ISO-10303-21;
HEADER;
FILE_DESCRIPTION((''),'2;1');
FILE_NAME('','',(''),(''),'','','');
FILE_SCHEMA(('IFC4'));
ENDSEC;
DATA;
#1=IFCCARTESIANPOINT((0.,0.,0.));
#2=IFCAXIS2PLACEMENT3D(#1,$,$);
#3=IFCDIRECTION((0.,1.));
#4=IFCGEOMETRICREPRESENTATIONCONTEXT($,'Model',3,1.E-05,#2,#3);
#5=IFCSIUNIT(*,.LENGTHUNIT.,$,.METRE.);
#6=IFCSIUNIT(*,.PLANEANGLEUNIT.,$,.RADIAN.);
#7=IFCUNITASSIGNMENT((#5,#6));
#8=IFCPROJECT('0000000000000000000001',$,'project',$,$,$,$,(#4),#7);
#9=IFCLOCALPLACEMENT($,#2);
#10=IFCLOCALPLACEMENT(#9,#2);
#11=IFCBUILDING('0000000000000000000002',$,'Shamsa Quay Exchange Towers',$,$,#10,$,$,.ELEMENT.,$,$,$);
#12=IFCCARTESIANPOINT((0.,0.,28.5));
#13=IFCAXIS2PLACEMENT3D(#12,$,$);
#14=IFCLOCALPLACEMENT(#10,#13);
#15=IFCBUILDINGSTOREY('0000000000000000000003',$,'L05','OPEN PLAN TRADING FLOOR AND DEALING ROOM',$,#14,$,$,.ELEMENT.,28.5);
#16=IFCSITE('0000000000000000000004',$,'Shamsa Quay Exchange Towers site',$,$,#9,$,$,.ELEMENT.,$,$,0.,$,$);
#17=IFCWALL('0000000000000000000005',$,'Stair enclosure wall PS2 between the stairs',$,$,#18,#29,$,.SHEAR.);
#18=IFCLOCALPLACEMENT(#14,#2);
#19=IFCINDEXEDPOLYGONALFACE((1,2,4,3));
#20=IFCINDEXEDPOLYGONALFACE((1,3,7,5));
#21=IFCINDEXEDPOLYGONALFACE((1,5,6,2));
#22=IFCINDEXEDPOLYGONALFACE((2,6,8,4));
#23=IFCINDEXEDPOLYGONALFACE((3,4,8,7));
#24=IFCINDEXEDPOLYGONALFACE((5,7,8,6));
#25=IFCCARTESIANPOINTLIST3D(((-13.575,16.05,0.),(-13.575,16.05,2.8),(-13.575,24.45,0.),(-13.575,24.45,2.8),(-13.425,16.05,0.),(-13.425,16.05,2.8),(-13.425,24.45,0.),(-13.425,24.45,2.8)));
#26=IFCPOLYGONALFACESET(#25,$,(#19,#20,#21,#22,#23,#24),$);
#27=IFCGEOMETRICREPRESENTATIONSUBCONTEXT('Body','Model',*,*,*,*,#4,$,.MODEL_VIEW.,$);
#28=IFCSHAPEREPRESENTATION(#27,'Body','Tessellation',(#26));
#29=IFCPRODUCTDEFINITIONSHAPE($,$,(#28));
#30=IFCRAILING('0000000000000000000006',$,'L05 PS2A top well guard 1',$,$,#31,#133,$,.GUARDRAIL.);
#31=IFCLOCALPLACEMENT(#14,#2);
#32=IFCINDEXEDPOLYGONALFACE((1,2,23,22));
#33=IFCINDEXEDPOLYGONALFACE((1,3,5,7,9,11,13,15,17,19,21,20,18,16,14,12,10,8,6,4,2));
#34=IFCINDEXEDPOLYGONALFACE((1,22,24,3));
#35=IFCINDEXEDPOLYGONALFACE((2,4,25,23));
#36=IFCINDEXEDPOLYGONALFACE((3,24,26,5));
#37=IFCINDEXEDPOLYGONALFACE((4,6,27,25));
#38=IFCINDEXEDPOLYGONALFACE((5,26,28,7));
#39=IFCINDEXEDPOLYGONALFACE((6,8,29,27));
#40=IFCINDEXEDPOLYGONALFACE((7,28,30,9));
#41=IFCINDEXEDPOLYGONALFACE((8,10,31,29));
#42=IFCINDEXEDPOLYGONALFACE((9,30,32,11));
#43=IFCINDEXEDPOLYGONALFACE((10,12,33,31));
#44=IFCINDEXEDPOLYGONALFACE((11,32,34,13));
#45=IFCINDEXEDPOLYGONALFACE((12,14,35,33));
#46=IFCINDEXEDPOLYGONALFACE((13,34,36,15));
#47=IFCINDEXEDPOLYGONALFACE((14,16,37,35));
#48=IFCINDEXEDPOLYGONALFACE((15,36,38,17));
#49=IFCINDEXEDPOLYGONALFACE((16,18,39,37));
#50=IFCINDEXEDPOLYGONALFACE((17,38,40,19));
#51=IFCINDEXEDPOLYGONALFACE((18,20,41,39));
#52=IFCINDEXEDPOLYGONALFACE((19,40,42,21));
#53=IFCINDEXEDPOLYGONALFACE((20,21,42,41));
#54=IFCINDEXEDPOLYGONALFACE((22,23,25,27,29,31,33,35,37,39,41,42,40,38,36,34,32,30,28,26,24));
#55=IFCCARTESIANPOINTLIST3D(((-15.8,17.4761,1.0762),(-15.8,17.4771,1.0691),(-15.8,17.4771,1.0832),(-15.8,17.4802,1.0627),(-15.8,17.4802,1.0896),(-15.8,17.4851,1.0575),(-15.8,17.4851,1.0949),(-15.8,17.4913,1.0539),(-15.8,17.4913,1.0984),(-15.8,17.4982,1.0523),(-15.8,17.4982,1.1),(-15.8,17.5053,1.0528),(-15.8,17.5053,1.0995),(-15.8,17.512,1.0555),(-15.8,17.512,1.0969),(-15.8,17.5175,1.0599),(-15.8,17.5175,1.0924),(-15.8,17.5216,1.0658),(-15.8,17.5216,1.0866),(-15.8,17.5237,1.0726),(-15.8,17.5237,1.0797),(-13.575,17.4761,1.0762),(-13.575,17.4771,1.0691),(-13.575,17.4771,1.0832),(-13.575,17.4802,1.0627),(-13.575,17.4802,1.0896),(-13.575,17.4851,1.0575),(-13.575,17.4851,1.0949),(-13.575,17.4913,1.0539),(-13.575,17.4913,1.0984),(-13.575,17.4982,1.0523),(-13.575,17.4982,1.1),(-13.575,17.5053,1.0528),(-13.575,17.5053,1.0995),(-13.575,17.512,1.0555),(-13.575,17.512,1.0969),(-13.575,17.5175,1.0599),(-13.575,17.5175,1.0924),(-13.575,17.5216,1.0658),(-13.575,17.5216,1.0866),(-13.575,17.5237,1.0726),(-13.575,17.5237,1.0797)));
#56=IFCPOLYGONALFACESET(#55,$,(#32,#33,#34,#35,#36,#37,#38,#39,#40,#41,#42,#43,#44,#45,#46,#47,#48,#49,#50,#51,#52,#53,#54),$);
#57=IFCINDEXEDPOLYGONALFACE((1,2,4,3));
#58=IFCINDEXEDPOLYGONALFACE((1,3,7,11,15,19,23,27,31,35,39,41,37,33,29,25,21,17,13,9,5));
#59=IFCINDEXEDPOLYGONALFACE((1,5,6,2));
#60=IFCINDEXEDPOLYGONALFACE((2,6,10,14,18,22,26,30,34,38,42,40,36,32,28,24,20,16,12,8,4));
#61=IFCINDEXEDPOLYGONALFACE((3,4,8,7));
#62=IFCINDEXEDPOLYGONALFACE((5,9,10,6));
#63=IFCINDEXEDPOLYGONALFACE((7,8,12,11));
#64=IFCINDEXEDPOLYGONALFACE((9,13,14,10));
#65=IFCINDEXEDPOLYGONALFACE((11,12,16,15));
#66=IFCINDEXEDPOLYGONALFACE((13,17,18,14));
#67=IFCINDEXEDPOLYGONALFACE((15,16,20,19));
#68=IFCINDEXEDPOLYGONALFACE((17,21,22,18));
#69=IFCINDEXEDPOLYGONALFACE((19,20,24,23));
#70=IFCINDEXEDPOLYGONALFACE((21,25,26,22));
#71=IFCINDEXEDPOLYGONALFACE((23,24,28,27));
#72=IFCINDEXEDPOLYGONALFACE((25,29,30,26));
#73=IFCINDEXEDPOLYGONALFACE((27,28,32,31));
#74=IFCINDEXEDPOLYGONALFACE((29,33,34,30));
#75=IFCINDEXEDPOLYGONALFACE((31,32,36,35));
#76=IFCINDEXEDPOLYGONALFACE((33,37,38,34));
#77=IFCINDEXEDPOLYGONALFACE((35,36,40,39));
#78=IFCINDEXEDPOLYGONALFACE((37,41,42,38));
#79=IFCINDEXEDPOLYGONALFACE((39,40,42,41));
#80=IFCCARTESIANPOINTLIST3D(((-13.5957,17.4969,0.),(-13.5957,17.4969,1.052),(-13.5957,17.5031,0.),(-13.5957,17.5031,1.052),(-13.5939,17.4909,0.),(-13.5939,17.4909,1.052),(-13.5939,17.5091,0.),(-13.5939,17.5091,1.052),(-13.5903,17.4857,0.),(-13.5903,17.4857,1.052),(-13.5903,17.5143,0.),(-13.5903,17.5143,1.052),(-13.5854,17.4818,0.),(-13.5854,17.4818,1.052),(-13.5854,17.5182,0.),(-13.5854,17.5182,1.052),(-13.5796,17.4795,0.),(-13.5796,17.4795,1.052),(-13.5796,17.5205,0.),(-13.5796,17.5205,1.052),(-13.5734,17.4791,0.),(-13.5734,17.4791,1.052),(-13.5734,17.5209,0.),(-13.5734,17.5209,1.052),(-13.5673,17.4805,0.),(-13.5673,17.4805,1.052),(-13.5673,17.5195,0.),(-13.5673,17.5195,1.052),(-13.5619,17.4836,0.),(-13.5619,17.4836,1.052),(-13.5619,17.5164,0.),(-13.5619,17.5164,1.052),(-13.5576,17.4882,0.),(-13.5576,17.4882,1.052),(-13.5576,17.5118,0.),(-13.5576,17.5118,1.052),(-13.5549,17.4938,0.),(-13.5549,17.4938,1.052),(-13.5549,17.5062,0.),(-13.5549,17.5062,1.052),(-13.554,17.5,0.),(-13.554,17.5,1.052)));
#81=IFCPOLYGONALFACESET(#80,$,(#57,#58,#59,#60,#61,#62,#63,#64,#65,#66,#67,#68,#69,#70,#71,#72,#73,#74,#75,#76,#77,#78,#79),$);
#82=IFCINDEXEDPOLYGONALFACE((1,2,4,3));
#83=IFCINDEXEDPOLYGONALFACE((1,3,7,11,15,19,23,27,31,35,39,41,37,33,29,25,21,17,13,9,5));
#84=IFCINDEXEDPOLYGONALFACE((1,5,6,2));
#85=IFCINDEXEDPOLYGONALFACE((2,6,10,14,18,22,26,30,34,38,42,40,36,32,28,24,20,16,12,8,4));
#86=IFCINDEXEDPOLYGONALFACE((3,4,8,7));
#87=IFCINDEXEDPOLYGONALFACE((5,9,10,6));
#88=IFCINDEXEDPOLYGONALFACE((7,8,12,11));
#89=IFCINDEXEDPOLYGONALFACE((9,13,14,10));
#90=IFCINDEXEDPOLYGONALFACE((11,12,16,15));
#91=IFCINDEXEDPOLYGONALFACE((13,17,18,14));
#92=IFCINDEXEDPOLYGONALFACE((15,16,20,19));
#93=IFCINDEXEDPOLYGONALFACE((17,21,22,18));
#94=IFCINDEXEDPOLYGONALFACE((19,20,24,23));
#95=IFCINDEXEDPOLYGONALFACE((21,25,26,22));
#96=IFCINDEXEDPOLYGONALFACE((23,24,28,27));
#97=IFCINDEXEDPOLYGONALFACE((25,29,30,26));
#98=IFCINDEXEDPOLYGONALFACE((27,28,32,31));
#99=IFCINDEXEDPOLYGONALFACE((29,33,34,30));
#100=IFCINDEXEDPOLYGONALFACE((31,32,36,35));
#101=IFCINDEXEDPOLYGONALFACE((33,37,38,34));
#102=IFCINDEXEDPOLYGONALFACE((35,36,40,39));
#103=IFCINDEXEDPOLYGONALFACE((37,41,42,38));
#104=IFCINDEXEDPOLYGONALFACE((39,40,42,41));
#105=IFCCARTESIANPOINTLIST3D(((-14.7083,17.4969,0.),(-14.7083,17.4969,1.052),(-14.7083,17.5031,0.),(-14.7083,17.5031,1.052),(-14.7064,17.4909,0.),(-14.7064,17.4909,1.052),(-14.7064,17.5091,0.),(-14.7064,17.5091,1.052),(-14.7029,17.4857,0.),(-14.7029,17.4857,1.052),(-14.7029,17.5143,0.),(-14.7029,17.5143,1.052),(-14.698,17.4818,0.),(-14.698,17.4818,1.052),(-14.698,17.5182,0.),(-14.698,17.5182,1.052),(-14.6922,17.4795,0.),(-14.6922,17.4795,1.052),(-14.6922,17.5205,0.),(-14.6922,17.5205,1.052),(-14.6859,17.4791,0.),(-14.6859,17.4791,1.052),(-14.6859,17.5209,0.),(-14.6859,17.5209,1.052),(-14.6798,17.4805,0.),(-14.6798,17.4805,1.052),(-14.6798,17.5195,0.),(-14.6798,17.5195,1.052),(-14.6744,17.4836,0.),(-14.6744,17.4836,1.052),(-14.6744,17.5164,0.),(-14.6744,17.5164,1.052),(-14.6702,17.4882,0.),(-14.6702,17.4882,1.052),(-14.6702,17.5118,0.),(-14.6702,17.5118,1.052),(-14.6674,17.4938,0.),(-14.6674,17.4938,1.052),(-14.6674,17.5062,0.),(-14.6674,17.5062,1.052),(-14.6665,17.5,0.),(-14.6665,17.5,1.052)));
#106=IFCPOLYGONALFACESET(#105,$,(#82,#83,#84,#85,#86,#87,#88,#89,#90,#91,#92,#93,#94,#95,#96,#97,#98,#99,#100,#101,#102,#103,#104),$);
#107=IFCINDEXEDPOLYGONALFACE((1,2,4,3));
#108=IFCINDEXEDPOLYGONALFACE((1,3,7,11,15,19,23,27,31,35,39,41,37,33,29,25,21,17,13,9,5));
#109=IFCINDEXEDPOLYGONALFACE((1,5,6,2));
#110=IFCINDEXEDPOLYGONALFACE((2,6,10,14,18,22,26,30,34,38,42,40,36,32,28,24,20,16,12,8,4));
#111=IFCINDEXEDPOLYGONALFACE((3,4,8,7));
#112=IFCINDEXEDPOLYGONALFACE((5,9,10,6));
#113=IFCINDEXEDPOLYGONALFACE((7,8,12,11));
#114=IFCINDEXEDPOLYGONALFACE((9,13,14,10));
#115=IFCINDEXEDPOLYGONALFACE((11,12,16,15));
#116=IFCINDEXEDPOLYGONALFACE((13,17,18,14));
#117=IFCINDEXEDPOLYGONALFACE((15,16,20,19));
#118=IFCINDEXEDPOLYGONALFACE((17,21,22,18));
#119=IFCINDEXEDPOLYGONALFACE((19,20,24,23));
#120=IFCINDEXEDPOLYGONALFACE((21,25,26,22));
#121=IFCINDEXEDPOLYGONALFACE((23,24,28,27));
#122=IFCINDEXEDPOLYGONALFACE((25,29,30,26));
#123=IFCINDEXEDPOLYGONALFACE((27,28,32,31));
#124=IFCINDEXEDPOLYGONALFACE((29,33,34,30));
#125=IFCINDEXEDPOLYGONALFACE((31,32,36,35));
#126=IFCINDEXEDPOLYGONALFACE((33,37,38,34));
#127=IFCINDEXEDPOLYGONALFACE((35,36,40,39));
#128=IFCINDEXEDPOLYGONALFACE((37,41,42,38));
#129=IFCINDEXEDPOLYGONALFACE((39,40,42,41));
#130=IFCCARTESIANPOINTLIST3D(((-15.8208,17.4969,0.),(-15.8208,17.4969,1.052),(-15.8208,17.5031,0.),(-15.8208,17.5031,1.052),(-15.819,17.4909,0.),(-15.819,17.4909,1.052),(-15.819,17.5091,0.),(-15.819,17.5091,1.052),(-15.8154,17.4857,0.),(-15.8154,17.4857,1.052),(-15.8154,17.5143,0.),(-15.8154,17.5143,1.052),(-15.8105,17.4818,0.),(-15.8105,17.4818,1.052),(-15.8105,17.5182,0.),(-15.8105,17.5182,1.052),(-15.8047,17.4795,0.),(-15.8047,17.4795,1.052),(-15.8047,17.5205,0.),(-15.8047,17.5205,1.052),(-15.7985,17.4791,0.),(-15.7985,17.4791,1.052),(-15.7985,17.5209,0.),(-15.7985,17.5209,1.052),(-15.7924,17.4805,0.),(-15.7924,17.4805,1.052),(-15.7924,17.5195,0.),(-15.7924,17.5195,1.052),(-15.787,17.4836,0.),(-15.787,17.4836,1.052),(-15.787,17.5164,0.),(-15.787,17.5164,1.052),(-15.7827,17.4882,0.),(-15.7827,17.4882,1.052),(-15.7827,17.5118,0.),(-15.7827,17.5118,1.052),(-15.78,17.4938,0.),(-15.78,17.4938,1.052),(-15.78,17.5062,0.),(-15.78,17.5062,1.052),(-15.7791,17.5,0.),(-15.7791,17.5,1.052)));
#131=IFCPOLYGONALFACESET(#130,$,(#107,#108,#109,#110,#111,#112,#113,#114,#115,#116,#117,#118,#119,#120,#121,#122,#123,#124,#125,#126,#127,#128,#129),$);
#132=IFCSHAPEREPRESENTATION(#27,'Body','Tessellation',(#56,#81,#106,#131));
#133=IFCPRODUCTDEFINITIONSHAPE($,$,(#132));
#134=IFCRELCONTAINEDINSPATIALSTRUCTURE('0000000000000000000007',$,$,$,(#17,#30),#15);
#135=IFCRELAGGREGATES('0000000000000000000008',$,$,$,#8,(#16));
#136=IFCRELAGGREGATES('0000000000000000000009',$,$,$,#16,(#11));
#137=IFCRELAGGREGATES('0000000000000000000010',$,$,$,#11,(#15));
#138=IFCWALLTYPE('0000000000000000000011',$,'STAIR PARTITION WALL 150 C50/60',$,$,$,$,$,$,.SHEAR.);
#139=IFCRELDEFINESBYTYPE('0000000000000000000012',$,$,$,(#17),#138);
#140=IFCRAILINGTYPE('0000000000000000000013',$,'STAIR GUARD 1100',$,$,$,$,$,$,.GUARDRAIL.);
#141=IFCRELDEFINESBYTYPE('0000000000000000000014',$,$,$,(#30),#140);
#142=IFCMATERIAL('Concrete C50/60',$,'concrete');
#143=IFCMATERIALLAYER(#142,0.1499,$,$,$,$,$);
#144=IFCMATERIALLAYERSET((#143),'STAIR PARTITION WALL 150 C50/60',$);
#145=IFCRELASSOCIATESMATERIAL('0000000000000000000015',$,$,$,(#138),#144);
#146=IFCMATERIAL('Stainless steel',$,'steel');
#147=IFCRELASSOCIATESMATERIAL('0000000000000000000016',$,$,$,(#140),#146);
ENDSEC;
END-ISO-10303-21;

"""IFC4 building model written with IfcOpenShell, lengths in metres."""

from ifc_helpers import new_model, si_unit, direction, frame, frame_2d, origin, origin_2d, place, context, subcontext, project, spatial, rectangle, circle, extrude, material, layer, layer_set, type_object, element, save


model = new_model("IFC4")

# Units and contexts
model_context = context("Model", 3, precision=1e-05, world=origin(), true_north=direction((0.0, 1.0)))
body_context = subcontext(model_context, "Body", "Model", "MODEL_VIEW")
ifc_project = project(units=[si_unit("LENGTHUNIT", "METRE"), si_unit("PLANEANGLEUNIT", "RADIAN")], contexts=[model_context])

# Site, building, storey
site_placement = place(None, origin())
site = spatial("IfcSite", under=ifc_project, at=site_placement, Name="Shamsa Quay Exchange Towers site", CompositionType="ELEMENT", RefElevation=0.0)
building_placement = place(site_placement, origin())
building = spatial("IfcBuilding", under=site, at=building_placement, Name="Shamsa Quay Exchange Towers", CompositionType="ELEMENT")
storey_placement = place(building_placement, frame((0.0, 0.0, 28.5)))
storey = spatial("IfcBuildingStorey", under=building, at=storey_placement, Name="L05", Description="OPEN PLAN TRADING FLOOR AND DEALING ROOM", CompositionType="ELEMENT", Elevation=28.5)

# Shared definitions
ifc_material_1 = material(Name="Concrete C50/60", Category="concrete")

# Wall
ifc_layer_1 = layer(ifc_material_1, 0.1499)
ifc_layer_set_1 = layer_set([ifc_layer_1], Name="STAIR PARTITION WALL 150 C50/60")
wall_type_1 = type_object("IfcWallType", Name="STAIR PARTITION WALL 150 C50/60", PredefinedType="SHEAR", material=ifc_layer_set_1)
wall_1_placement = place(storey_placement, frame((-13.5, 16.05, 0.0), z_axis=(0.0, 0.0, 1.0), x_axis=(0.0, 1.0, 0.0)))
element("IfcWall", 1, at=wall_1_placement, inside=storey, type_object=wall_type_1, Name="Stair enclosure wall PS2 between the stairs", PredefinedType="SHEAR", context=body_context, shape_type="SweptSolid", body=[
    extrude(rectangle(XDim=8.3999, YDim=0.1499, at=frame_2d((4.2, 0.0))), origin(), (0.0, 0.0, 1.0), 2.8),
])

# Railing
ifc_material_2 = material(Name="Stainless steel", Category="steel")
railing_type = type_object("IfcRailingType", Name="STAIR GUARD 1100", PredefinedType="GUARDRAIL", material=ifc_material_2)
for number, where, name in (
    (2, (-13.575, 17.5, 0.0), "L05 PS2A top well guard 1"),
):
    element("IfcRailing", number, at=place(storey_placement, frame(where)), inside=storey, type_object=railing_type, Name=name, PredefinedType="GUARDRAIL", context=body_context, shape_type="SweptSolid", body=[
        extrude(circle(Radius=0.0239, at=origin_2d()), frame((0.0, 0.0, 1.0762), z_axis=(-1.0, 0.0, 0.0), x_axis=(0.0, -1.0, 0.0)), (0.0, 0.0, 1.0), 2.2251),
        extrude(circle(Radius=0.021, at=origin_2d()), origin(), (0.0, 0.0, 1.0), 1.052),
        extrude(circle(Radius=0.021, at=origin_2d()), frame((-1.1125, 0.0, 0.0)), (0.0, 0.0, 1.0), 1.052),
        extrude(circle(Radius=0.021, at=origin_2d()), frame((-2.2251, 0.0, 0.0)), (0.0, 0.0, 1.0), 1.052),
    ])

save(model, "model.ifc")
